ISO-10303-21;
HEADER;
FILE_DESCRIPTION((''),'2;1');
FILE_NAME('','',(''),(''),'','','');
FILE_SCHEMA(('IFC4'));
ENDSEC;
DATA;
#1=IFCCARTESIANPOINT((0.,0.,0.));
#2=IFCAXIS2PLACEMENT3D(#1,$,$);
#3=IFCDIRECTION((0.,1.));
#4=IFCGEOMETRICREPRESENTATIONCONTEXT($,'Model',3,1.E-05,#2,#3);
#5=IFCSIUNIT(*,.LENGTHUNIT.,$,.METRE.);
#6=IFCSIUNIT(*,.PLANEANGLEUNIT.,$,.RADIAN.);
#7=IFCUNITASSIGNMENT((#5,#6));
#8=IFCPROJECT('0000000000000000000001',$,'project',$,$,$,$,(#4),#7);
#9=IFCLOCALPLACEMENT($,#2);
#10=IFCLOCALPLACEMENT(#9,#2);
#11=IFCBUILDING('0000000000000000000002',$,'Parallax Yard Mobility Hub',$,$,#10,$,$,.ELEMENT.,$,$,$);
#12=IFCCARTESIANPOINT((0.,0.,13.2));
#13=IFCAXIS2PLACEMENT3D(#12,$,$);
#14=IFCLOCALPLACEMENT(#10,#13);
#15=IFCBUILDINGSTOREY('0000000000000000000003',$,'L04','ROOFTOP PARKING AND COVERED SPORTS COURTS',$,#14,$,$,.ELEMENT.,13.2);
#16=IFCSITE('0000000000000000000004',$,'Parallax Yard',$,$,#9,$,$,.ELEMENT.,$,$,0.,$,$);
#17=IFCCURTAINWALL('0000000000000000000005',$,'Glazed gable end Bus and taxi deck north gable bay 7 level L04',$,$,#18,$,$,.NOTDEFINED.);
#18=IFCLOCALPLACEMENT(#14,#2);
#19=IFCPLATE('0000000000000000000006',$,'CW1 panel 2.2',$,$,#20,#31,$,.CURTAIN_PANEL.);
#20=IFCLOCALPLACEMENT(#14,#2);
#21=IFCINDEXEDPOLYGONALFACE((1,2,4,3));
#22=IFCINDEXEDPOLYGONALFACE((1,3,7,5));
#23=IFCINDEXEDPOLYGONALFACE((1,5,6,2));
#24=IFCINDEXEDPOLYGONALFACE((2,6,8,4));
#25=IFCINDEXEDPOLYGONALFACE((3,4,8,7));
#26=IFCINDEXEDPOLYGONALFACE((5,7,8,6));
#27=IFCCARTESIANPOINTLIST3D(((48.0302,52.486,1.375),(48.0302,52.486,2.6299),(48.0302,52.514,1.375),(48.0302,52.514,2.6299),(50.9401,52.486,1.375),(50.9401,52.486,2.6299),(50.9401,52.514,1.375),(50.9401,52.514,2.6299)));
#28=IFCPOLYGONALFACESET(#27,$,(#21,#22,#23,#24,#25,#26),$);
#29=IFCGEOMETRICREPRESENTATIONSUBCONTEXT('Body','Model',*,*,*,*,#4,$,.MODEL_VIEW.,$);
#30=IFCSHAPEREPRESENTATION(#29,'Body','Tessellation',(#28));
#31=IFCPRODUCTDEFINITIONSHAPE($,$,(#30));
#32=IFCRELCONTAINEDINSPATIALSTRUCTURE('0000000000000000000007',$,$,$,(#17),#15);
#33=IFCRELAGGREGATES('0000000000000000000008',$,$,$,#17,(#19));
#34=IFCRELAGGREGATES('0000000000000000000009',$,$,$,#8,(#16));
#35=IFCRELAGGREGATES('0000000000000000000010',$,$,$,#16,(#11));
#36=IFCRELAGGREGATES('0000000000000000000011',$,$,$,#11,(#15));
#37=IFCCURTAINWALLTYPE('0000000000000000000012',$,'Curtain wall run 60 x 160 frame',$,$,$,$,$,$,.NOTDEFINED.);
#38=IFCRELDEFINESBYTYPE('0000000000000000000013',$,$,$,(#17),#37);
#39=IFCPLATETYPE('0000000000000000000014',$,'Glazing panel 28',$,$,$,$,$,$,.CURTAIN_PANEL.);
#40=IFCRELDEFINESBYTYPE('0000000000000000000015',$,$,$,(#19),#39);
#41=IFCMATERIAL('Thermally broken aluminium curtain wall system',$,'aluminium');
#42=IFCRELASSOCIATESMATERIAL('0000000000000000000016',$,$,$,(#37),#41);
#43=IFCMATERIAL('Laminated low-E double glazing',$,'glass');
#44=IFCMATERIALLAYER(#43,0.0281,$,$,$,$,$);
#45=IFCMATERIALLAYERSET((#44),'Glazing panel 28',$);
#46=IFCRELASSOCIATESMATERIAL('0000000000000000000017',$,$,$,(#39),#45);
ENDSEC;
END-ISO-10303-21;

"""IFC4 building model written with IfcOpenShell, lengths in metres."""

from ifc_helpers import new_model, si_unit, direction, frame, origin, origin_2d, place, context, subcontext, project, spatial, rectangle, extrude, material, layer, layer_set, type_object, element, aggregate, save


model = new_model("IFC4")

# Units and contexts
model_context = context("Model", 3, precision=1e-05, world=origin(), true_north=direction((0.0, 1.0)))
body_context = subcontext(model_context, "Body", "Model", "MODEL_VIEW")
ifc_project = project(units=[si_unit("LENGTHUNIT", "METRE"), si_unit("PLANEANGLEUNIT", "RADIAN")], contexts=[model_context])

# Site, building, storey
site_placement = place(None, origin())
site = spatial("IfcSite", under=ifc_project, at=site_placement, Name="Parallax Yard", CompositionType="ELEMENT", RefElevation=0.0)
building_placement = place(site_placement, origin())
building = spatial("IfcBuilding", under=site, at=building_placement, Name="Parallax Yard Mobility Hub", CompositionType="ELEMENT")
storey_placement = place(building_placement, frame((0.0, 0.0, 13.2)))
storey = spatial("IfcBuildingStorey", under=building, at=storey_placement, Name="L04", Description="ROOFTOP PARKING AND COVERED SPORTS COURTS", CompositionType="ELEMENT", Elevation=13.2)

# Curtain wall
ifc_material_1 = material(Name="Thermally broken aluminium curtain wall system", Category="aluminium")
curtain_wall_type = type_object("IfcCurtainWallType", Name="Curtain wall run 60 x 160 frame", PredefinedType="NOTDEFINED", material=ifc_material_1)
curtain_wall_1_placement = place(storey_placement, origin())
curtain_wall_1 = element("IfcCurtainWall", 1, at=curtain_wall_1_placement, inside=storey, type_object=curtain_wall_type, Name="Glazed gable end Bus and taxi deck north gable bay 7 level L04", PredefinedType="NOTDEFINED")

# Plate
ifc_material_2 = material(Name="Laminated low-E double glazing", Category="glass")
ifc_layer = layer(ifc_material_2, 0.0281)
ifc_layer_set = layer_set([ifc_layer], Name="Glazing panel 28")
plate_type = type_object("IfcPlateType", Name="Glazing panel 28", PredefinedType="CURTAIN_PANEL", material=ifc_layer_set)
plate_1_placement = place(storey_placement, frame((49.4851, 52.5, 1.375), z_axis=(0.0, 0.0, 1.0), x_axis=(1.0, 0.0, 0.0)))
plate_1 = element("IfcPlate", 2, at=plate_1_placement, type_object=plate_type, Name="CW1 panel 2.2", PredefinedType="CURTAIN_PANEL", context=body_context, shape_type="SweptSolid", body=[
    extrude(rectangle(XDim=2.9099, YDim=0.0281, at=origin_2d()), origin(), (0.0, 0.0, 1.0), 1.2549),
])
aggregate(curtain_wall_1, [plate_1])

save(model, "model.ifc")
